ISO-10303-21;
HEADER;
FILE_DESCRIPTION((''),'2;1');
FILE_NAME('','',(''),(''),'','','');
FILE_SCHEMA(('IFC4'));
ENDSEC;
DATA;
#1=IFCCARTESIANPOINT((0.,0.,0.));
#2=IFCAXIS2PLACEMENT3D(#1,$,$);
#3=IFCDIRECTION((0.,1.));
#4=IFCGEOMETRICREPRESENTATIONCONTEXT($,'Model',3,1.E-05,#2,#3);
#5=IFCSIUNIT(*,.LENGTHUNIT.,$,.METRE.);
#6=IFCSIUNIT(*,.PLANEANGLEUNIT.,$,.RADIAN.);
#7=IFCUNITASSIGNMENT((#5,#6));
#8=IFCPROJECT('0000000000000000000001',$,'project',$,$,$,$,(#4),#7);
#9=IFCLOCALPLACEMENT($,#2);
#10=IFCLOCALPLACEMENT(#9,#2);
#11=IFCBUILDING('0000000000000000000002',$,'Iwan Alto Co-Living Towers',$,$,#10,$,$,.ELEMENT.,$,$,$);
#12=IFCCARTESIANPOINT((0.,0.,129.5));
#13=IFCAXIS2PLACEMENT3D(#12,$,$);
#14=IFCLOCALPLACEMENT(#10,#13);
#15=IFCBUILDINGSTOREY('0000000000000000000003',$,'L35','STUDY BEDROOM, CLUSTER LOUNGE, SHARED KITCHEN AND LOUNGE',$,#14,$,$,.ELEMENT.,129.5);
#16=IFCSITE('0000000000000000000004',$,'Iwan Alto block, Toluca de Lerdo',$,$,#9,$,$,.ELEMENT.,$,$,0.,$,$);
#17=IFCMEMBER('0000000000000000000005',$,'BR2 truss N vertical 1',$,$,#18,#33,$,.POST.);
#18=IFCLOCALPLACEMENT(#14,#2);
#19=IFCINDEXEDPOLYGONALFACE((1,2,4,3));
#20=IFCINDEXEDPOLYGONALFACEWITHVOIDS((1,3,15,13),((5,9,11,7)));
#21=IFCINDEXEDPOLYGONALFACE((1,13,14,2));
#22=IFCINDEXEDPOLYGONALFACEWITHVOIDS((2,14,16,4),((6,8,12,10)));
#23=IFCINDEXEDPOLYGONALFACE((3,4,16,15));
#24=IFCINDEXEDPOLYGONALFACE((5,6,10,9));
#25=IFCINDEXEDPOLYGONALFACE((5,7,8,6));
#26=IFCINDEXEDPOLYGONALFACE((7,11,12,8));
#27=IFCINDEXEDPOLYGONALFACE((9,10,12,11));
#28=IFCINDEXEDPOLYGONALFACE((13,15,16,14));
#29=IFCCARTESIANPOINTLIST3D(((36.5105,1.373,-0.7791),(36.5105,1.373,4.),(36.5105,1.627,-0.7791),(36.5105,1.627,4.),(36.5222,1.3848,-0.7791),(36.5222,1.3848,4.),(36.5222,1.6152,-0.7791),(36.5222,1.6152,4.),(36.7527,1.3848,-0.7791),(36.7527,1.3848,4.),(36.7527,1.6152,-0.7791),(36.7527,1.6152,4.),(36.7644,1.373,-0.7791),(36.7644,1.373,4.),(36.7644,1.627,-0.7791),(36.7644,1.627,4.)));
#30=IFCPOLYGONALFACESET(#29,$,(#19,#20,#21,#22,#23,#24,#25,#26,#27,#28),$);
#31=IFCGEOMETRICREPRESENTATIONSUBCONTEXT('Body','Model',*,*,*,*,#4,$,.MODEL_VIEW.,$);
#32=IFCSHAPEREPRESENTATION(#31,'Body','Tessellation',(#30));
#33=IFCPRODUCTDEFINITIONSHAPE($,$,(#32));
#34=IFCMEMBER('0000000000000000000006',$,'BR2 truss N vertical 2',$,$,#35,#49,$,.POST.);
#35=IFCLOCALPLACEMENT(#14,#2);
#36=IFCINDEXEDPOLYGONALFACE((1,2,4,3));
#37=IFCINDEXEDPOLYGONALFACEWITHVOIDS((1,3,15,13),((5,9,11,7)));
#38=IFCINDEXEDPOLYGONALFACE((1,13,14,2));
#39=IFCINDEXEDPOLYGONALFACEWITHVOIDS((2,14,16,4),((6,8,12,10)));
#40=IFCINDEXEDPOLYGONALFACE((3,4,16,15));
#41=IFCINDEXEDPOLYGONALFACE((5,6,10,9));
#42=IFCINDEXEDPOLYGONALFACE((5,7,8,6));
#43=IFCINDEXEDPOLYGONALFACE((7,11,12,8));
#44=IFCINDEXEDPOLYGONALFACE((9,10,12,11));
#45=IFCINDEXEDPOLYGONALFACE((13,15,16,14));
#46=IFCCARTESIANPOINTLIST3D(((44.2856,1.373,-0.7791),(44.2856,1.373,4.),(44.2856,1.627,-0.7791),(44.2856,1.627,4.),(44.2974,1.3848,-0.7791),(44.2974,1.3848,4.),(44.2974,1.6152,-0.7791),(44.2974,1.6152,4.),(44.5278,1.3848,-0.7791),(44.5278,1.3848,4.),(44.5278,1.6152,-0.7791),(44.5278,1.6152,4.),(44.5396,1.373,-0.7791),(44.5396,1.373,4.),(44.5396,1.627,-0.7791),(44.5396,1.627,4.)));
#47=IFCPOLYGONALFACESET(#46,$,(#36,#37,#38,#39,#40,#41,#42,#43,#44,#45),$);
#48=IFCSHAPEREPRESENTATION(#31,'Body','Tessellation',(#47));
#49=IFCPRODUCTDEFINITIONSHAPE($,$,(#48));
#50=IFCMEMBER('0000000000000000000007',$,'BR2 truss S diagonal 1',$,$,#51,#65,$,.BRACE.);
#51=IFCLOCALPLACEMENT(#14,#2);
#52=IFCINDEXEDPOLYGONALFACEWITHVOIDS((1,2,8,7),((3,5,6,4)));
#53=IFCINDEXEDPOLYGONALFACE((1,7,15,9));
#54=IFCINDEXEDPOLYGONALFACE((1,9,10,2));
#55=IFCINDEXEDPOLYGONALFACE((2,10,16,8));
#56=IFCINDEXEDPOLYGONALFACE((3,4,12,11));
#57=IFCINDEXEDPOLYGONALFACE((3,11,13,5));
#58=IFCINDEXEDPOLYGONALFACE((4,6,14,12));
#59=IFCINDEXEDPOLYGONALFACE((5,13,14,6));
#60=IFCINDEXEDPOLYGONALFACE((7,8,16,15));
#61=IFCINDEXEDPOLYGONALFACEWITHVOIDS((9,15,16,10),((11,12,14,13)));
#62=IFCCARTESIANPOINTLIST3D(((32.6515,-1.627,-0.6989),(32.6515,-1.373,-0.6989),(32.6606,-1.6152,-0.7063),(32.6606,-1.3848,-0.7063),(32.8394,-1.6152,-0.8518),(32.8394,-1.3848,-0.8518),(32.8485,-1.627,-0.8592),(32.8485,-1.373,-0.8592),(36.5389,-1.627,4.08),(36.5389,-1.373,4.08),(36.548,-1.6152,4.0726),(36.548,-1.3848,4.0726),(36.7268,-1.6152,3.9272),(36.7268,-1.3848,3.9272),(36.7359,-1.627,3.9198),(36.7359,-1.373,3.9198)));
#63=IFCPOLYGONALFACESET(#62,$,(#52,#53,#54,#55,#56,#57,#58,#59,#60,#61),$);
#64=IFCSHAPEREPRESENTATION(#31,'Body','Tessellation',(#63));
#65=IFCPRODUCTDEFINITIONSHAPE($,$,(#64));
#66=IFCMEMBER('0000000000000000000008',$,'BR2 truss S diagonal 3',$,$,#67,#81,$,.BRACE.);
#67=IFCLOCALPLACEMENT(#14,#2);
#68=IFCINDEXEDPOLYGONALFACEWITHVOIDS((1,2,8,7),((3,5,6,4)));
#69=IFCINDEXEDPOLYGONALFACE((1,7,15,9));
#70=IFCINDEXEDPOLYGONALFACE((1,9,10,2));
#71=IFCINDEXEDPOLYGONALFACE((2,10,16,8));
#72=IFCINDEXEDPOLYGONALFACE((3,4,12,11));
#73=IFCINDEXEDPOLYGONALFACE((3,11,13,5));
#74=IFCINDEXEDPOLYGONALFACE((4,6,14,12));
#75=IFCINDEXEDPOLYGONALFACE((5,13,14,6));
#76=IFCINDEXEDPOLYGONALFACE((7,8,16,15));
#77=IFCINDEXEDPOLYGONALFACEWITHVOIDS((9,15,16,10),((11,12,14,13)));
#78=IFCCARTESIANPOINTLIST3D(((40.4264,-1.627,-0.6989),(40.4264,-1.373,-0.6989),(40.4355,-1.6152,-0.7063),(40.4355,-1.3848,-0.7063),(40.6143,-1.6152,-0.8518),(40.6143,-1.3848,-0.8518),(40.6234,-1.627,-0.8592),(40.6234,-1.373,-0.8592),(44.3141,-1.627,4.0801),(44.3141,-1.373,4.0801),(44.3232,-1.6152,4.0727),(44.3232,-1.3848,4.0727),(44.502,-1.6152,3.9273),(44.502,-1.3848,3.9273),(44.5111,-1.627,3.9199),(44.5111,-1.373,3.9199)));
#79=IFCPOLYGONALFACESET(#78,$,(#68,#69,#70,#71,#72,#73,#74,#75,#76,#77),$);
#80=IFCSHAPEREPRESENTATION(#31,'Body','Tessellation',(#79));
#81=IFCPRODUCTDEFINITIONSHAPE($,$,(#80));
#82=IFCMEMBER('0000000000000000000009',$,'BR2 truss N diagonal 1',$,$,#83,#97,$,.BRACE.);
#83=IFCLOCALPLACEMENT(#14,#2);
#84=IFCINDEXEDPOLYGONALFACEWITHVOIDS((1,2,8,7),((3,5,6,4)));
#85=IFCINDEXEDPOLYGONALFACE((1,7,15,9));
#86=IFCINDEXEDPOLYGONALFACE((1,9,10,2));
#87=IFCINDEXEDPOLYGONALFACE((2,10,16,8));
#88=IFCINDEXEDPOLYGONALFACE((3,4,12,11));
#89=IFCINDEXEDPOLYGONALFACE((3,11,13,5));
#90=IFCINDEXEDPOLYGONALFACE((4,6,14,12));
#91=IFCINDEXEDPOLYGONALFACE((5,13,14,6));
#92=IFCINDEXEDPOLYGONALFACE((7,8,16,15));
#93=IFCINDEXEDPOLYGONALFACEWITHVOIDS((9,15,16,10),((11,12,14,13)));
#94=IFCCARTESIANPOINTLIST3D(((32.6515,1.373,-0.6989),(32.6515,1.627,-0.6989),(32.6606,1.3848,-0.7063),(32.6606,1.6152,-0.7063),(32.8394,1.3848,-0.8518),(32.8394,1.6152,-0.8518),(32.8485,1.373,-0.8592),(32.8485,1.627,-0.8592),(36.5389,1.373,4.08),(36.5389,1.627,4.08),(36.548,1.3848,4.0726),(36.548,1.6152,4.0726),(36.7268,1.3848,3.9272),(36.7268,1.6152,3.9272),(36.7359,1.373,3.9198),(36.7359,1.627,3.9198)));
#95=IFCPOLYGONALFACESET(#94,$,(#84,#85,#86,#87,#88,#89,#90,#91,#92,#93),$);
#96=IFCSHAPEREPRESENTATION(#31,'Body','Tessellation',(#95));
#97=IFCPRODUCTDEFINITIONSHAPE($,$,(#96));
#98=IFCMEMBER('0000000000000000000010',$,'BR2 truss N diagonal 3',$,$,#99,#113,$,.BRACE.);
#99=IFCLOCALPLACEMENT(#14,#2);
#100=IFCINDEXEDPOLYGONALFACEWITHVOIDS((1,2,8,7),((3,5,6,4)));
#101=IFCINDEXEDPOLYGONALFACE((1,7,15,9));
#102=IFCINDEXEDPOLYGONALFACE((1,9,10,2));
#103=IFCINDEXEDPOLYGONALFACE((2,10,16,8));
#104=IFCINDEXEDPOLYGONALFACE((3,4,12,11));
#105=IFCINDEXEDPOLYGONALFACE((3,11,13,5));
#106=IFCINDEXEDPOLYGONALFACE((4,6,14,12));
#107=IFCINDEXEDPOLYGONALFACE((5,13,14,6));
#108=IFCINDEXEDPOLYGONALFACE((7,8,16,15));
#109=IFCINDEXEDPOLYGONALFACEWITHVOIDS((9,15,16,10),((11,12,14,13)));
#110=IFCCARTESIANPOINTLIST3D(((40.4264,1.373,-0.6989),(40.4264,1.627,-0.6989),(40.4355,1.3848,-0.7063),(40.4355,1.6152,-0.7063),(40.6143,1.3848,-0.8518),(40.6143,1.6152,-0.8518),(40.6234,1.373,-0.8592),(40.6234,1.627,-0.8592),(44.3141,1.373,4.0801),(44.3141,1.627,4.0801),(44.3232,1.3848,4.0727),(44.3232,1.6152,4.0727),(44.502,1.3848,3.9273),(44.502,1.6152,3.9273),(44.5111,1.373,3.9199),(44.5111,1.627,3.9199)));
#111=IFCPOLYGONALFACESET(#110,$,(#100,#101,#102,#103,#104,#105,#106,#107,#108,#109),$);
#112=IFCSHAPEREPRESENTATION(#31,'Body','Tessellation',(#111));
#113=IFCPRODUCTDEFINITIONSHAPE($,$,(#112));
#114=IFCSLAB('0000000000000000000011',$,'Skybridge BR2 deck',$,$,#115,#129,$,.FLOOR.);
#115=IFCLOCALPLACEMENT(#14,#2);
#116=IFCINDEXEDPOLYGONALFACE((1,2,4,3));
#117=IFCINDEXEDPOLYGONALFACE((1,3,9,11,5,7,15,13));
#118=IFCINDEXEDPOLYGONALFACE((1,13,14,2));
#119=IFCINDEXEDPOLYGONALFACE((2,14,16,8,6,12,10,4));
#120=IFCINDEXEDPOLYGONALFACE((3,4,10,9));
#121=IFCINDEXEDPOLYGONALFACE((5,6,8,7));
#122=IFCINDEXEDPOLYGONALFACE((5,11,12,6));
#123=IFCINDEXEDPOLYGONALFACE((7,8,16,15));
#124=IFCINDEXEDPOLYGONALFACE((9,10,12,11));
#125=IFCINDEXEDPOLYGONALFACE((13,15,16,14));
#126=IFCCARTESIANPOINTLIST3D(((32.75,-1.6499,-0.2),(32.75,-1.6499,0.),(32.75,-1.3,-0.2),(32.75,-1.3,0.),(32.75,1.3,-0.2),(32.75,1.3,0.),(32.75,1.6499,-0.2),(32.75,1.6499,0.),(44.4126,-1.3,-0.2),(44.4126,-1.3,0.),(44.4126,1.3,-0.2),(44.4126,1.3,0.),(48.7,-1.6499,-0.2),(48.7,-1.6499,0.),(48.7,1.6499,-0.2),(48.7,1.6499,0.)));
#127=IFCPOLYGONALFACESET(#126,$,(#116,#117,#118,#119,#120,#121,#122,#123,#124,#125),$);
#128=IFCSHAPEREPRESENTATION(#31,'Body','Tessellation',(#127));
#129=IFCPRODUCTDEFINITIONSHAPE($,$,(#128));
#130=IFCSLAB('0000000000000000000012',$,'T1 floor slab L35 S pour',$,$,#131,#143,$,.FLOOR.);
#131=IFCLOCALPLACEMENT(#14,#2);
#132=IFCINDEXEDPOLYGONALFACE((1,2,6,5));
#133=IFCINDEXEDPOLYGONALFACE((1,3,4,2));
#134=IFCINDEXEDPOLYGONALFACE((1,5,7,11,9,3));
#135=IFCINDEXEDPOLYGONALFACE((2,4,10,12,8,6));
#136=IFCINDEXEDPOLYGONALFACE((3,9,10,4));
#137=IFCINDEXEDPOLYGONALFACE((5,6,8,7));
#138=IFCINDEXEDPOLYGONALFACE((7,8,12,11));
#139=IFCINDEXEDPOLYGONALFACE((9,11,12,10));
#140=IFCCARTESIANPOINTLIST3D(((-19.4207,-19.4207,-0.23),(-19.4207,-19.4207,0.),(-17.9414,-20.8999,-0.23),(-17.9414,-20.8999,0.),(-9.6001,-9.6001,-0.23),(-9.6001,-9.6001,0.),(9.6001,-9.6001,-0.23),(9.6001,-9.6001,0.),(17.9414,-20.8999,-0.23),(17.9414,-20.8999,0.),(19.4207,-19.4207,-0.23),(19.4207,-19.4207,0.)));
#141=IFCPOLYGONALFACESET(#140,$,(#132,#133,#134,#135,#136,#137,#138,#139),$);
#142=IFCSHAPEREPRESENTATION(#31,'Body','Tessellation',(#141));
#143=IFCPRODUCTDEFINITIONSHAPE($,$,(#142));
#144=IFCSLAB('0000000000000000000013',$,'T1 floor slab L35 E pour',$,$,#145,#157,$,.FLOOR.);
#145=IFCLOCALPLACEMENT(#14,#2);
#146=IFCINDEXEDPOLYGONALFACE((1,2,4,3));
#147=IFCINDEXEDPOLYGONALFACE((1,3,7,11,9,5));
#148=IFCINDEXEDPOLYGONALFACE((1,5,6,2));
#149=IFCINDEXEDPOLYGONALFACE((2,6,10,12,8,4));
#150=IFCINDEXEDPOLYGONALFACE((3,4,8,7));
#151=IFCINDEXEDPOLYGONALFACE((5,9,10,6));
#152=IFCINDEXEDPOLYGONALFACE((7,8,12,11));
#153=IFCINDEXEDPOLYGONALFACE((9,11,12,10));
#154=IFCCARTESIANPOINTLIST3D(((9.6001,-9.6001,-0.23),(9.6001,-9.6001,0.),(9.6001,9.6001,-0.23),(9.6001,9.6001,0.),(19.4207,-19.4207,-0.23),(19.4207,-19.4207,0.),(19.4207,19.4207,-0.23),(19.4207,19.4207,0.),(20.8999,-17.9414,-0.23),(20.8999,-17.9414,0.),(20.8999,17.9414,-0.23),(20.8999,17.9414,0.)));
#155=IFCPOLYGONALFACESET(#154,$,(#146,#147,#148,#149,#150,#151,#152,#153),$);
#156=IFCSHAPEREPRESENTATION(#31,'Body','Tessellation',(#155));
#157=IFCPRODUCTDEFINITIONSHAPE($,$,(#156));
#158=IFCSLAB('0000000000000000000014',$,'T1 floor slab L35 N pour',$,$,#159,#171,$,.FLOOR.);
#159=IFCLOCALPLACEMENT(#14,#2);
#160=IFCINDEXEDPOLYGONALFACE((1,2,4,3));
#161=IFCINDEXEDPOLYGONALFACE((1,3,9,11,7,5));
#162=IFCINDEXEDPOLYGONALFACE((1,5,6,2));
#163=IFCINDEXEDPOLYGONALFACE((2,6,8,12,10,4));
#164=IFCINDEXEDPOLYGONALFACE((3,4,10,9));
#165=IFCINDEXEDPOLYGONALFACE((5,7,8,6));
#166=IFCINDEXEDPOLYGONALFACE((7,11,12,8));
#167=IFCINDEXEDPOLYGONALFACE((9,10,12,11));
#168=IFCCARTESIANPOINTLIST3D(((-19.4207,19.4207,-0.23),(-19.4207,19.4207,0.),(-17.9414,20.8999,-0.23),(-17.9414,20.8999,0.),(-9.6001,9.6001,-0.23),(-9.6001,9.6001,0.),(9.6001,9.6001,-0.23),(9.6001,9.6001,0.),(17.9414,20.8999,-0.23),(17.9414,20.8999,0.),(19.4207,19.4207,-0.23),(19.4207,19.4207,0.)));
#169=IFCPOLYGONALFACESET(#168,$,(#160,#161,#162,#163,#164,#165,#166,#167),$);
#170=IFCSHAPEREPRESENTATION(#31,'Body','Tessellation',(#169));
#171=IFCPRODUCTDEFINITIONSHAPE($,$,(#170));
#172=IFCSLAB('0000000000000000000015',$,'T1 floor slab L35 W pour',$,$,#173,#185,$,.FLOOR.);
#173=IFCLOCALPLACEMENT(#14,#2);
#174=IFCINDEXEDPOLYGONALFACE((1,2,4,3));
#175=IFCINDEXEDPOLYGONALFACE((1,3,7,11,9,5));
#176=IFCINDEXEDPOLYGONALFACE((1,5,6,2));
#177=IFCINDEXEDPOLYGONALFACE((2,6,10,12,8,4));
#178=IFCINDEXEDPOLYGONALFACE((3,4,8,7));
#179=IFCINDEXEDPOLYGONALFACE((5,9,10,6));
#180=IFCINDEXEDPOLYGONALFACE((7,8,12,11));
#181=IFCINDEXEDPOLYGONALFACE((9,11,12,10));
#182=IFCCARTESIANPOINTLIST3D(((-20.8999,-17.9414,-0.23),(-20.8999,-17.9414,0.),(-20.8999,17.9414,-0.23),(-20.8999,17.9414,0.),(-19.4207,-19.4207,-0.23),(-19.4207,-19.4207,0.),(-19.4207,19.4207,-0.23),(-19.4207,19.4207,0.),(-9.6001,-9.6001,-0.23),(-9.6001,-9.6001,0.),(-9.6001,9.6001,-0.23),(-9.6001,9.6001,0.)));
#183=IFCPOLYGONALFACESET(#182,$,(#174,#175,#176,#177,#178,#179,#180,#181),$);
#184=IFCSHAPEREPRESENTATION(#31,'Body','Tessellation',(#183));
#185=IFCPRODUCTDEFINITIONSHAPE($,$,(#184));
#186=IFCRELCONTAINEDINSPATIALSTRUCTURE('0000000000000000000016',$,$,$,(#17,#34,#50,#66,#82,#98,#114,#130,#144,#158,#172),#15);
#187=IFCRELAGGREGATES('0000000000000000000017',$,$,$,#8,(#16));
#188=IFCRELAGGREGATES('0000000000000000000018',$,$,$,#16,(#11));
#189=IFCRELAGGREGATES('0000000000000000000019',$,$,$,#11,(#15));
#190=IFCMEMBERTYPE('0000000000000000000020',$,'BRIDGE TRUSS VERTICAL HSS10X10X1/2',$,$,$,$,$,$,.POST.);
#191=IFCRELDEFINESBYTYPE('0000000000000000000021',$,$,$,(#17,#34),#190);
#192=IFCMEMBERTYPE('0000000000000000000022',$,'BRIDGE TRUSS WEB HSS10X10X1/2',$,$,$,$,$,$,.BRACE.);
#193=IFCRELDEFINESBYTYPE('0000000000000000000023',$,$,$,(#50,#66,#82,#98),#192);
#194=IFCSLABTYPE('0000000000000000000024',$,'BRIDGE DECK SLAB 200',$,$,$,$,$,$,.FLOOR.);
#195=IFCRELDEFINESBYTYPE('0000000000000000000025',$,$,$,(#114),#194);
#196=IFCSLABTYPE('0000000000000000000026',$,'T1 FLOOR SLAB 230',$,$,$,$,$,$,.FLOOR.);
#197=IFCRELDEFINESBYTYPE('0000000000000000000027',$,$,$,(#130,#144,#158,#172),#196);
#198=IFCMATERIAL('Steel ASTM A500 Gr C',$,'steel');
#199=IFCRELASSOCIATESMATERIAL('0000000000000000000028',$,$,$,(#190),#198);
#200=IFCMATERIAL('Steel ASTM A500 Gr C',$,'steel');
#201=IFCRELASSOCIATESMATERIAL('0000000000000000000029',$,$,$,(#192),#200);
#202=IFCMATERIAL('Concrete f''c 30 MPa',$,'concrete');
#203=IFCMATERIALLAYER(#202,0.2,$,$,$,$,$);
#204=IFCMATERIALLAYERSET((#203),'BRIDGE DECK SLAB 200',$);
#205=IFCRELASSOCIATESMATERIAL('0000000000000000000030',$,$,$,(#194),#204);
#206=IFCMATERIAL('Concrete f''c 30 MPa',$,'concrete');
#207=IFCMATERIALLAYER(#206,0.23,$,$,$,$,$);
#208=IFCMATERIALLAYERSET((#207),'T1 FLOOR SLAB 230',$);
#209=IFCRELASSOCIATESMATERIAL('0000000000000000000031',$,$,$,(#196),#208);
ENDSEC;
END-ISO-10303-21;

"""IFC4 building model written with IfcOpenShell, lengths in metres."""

from ifc_helpers import new_model, si_unit, direction, frame, origin, origin_2d, place, context, subcontext, project, spatial, polyline, hollow_rectangle, outline, extrude, material, layer, layer_set, material_profile, profile_set, type_object, element, save


model = new_model("IFC4")

# Units and contexts
model_context = context("Model", 3, precision=1e-05, world=origin(), true_north=direction((0.0, 1.0)))
body_context = subcontext(model_context, "Body", "Model", "MODEL_VIEW")
ifc_project = project(units=[si_unit("LENGTHUNIT", "METRE"), si_unit("PLANEANGLEUNIT", "RADIAN")], contexts=[model_context])

# Site, building, storey
site_placement = place(None, origin())
site = spatial("IfcSite", under=ifc_project, at=site_placement, Name="Iwan Alto block, Toluca de Lerdo", CompositionType="ELEMENT", RefElevation=0.0)
building_placement = place(site_placement, origin())
building = spatial("IfcBuilding", under=site, at=building_placement, Name="Iwan Alto Co-Living Towers", CompositionType="ELEMENT")
storey_placement = place(building_placement, frame((0.0, 0.0, 129.5)))
storey = spatial("IfcBuildingStorey", under=building, at=storey_placement, Name="L35", Description="STUDY BEDROOM, CLUSTER LOUNGE, SHARED KITCHEN AND LOUNGE", CompositionType="ELEMENT", Elevation=129.5)

# Members
ifc_material_1 = material(Name="Steel ASTM A500 Gr C", Category="steel")
ifc_material_profile_1 = material_profile(ifc_material_1, hollow_rectangle(XDim=0.2539, YDim=0.2539, WallThickness=0.0117, at=origin_2d()), Name="HSS10X10X1/2")
ifc_profile_set_1 = profile_set([ifc_material_profile_1], Name="Steel ASTM A500 Gr C")
member_type_1 = type_object("IfcMemberType", Name="BRIDGE TRUSS VERTICAL HSS10X10X1/2", PredefinedType="POST", material=ifc_profile_set_1)
for number, where, z_axis, x_axis, name in (
    (1, (36.6375, 1.5, -0.7791), (0.0, 0.0, 1.0), (1.0, 0.0, 0.0), "BR2 truss N vertical 1"),
    (2, (44.4126, 1.5, -0.7791), (0.0, 0.0, 1.0), (1.0, 0.0, 0.0), "BR2 truss N vertical 2"),
):
    element("IfcMember", number, at=place(storey_placement, frame(where, z_axis=z_axis, x_axis=x_axis)), inside=storey, type_object=member_type_1, Name=name, PredefinedType="POST", context=body_context, shape_type="SweptSolid", body=[
        extrude(hollow_rectangle(XDim=0.2539, YDim=0.2539, WallThickness=0.0117, at=origin_2d()), origin(), (0.0, 0.0, 1.0), 4.7791),
    ])
ifc_material_2 = material(Name="Steel ASTM A500 Gr C", Category="steel")
ifc_material_profile_2 = material_profile(ifc_material_2, hollow_rectangle(XDim=0.2539, YDim=0.2539, WallThickness=0.0117, at=origin_2d()), Name="HSS10X10X1/2")
ifc_profile_set_2 = profile_set([ifc_material_profile_2], Name="Steel ASTM A500 Gr C")
member_type_2 = type_object("IfcMemberType", Name="BRIDGE TRUSS WEB HSS10X10X1/2", PredefinedType="BRACE", material=ifc_profile_set_2)
member_1_placement = place(storey_placement, frame((32.75, -1.5, -0.7791), z_axis=(0.63103, 0.0, 0.775759), x_axis=(0.0, 1.0, 0.0)))
element("IfcMember", 3, at=member_1_placement, inside=storey, type_object=member_type_2, Name="BR2 truss S diagonal 1", PredefinedType="BRACE", context=body_context, shape_type="SweptSolid", body=[
    extrude(hollow_rectangle(XDim=0.2539, YDim=0.2539, WallThickness=0.0117, at=origin_2d()), origin(), (0.0, 0.0, 1.0), 6.1604),
])
member_2_placement = place(storey_placement, frame((40.5249, -1.5, -0.7791), z_axis=(0.631054, 0.0, 0.775739), x_axis=(0.0, 1.0, 0.0)))
element("IfcMember", 4, at=member_2_placement, inside=storey, type_object=member_type_2, Name="BR2 truss S diagonal 3", PredefinedType="BRACE", context=body_context, shape_type="SweptSolid", body=[
    extrude(hollow_rectangle(XDim=0.2539, YDim=0.2539, WallThickness=0.0117, at=origin_2d()), origin(), (0.0, 0.0, 1.0), 6.1606),
])
member_3_placement = place(storey_placement, frame((32.75, 1.5, -0.7791), z_axis=(0.63103, 0.0, 0.775759), x_axis=(0.0, 1.0, 0.0)))
element("IfcMember", 5, at=member_3_placement, inside=storey, type_object=member_type_2, Name="BR2 truss N diagonal 1", PredefinedType="BRACE", context=body_context, shape_type="SweptSolid", body=[
    extrude(hollow_rectangle(XDim=0.2539, YDim=0.2539, WallThickness=0.0117, at=origin_2d()), origin(), (0.0, 0.0, 1.0), 6.1604),
])
member_4_placement = place(storey_placement, frame((40.5249, 1.5, -0.7791), z_axis=(0.631054, 0.0, 0.775739), x_axis=(0.0, 1.0, 0.0)))
element("IfcMember", 6, at=member_4_placement, inside=storey, type_object=member_type_2, Name="BR2 truss N diagonal 3", PredefinedType="BRACE", context=body_context, shape_type="SweptSolid", body=[
    extrude(hollow_rectangle(XDim=0.2539, YDim=0.2539, WallThickness=0.0117, at=origin_2d()), origin(), (0.0, 0.0, 1.0), 6.1606),
])

# Slabs
ifc_material_3 = material(Name="Concrete f'c 30 MPa", Category="concrete")
ifc_layer_1 = layer(ifc_material_3, 0.2)
ifc_layer_set_1 = layer_set([ifc_layer_1], Name="BRIDGE DECK SLAB 200")
slab_type_1 = type_object("IfcSlabType", Name="BRIDGE DECK SLAB 200", PredefinedType="FLOOR", material=ifc_layer_set_1)
slab_1_placement = place(storey_placement, frame((0.0, 0.0, -0.2)))
element("IfcSlab", 7, at=slab_1_placement, inside=storey, type_object=slab_type_1, Name="Skybridge BR2 deck", PredefinedType="FLOOR", context=body_context, shape_type="SweptSolid", body=[
    extrude(outline(polyline([(32.75, -1.6499), (48.7, -1.6499), (48.7, 1.6499), (32.75, 1.6499), (32.75, 1.3), (44.4126, 1.3), (44.4126, -1.3), (32.75, -1.3), (32.75, -1.6499)])), origin(), (0.0, 0.0, 1.0), 0.2),
])
ifc_material_4 = material(Name="Concrete f'c 30 MPa", Category="concrete")
ifc_layer_2 = layer(ifc_material_4, 0.23)
ifc_layer_set_2 = layer_set([ifc_layer_2], Name="T1 FLOOR SLAB 230")
slab_type_2 = type_object("IfcSlabType", Name="T1 FLOOR SLAB 230", PredefinedType="FLOOR", material=ifc_layer_set_2)
slab_2_placement = place(storey_placement, frame((0.0, 0.0, -0.23)))
element("IfcSlab", 8, at=slab_2_placement, inside=storey, type_object=slab_type_2, Name="T1 floor slab L35 S pour", PredefinedType="FLOOR", context=body_context, shape_type="SweptSolid", body=[
    extrude(outline(polyline([(17.9414, -20.8999), (-17.9414, -20.8999), (-19.4207, -19.4207), (-9.6001, -9.6001), (9.6001, -9.6001), (19.4207, -19.4207), (17.9414, -20.8999)])), origin(), (0.0, 0.0, 1.0), 0.23),
])
slab_3_placement = place(storey_placement, frame((0.0, 0.0, -0.23)))
element("IfcSlab", 9, at=slab_3_placement, inside=storey, type_object=slab_type_2, Name="T1 floor slab L35 E pour", PredefinedType="FLOOR", context=body_context, shape_type="SweptSolid", body=[
    extrude(outline(polyline([(20.8999, 17.9414), (20.8999, -17.9414), (19.4207, -19.4207), (9.6001, -9.6001), (9.6001, 9.6001), (19.4207, 19.4207), (20.8999, 17.9414)])), origin(), (0.0, 0.0, 1.0), 0.23),
])
slab_4_placement = place(storey_placement, frame((0.0, 0.0, -0.23)))
element("IfcSlab", 10, at=slab_4_placement, inside=storey, type_object=slab_type_2, Name="T1 floor slab L35 N pour", PredefinedType="FLOOR", context=body_context, shape_type="SweptSolid", body=[
    extrude(outline(polyline([(-17.9414, 20.8999), (17.9414, 20.8999), (19.4207, 19.4207), (9.6001, 9.6001), (-9.6001, 9.6001), (-19.4207, 19.4207), (-17.9414, 20.8999)])), origin(), (0.0, 0.0, 1.0), 0.23),
])
slab_5_placement = place(storey_placement, frame((0.0, 0.0, -0.23)))
element("IfcSlab", 11, at=slab_5_placement, inside=storey, type_object=slab_type_2, Name="T1 floor slab L35 W pour", PredefinedType="FLOOR", context=body_context, shape_type="SweptSolid", body=[
    extrude(outline(polyline([(-20.8999, 17.9414), (-19.4207, 19.4207), (-9.6001, 9.6001), (-9.6001, -9.6001), (-19.4207, -19.4207), (-20.8999, -17.9414), (-20.8999, 17.9414)])), origin(), (0.0, 0.0, 1.0), 0.23),
])

save(model, "model.ifc")
